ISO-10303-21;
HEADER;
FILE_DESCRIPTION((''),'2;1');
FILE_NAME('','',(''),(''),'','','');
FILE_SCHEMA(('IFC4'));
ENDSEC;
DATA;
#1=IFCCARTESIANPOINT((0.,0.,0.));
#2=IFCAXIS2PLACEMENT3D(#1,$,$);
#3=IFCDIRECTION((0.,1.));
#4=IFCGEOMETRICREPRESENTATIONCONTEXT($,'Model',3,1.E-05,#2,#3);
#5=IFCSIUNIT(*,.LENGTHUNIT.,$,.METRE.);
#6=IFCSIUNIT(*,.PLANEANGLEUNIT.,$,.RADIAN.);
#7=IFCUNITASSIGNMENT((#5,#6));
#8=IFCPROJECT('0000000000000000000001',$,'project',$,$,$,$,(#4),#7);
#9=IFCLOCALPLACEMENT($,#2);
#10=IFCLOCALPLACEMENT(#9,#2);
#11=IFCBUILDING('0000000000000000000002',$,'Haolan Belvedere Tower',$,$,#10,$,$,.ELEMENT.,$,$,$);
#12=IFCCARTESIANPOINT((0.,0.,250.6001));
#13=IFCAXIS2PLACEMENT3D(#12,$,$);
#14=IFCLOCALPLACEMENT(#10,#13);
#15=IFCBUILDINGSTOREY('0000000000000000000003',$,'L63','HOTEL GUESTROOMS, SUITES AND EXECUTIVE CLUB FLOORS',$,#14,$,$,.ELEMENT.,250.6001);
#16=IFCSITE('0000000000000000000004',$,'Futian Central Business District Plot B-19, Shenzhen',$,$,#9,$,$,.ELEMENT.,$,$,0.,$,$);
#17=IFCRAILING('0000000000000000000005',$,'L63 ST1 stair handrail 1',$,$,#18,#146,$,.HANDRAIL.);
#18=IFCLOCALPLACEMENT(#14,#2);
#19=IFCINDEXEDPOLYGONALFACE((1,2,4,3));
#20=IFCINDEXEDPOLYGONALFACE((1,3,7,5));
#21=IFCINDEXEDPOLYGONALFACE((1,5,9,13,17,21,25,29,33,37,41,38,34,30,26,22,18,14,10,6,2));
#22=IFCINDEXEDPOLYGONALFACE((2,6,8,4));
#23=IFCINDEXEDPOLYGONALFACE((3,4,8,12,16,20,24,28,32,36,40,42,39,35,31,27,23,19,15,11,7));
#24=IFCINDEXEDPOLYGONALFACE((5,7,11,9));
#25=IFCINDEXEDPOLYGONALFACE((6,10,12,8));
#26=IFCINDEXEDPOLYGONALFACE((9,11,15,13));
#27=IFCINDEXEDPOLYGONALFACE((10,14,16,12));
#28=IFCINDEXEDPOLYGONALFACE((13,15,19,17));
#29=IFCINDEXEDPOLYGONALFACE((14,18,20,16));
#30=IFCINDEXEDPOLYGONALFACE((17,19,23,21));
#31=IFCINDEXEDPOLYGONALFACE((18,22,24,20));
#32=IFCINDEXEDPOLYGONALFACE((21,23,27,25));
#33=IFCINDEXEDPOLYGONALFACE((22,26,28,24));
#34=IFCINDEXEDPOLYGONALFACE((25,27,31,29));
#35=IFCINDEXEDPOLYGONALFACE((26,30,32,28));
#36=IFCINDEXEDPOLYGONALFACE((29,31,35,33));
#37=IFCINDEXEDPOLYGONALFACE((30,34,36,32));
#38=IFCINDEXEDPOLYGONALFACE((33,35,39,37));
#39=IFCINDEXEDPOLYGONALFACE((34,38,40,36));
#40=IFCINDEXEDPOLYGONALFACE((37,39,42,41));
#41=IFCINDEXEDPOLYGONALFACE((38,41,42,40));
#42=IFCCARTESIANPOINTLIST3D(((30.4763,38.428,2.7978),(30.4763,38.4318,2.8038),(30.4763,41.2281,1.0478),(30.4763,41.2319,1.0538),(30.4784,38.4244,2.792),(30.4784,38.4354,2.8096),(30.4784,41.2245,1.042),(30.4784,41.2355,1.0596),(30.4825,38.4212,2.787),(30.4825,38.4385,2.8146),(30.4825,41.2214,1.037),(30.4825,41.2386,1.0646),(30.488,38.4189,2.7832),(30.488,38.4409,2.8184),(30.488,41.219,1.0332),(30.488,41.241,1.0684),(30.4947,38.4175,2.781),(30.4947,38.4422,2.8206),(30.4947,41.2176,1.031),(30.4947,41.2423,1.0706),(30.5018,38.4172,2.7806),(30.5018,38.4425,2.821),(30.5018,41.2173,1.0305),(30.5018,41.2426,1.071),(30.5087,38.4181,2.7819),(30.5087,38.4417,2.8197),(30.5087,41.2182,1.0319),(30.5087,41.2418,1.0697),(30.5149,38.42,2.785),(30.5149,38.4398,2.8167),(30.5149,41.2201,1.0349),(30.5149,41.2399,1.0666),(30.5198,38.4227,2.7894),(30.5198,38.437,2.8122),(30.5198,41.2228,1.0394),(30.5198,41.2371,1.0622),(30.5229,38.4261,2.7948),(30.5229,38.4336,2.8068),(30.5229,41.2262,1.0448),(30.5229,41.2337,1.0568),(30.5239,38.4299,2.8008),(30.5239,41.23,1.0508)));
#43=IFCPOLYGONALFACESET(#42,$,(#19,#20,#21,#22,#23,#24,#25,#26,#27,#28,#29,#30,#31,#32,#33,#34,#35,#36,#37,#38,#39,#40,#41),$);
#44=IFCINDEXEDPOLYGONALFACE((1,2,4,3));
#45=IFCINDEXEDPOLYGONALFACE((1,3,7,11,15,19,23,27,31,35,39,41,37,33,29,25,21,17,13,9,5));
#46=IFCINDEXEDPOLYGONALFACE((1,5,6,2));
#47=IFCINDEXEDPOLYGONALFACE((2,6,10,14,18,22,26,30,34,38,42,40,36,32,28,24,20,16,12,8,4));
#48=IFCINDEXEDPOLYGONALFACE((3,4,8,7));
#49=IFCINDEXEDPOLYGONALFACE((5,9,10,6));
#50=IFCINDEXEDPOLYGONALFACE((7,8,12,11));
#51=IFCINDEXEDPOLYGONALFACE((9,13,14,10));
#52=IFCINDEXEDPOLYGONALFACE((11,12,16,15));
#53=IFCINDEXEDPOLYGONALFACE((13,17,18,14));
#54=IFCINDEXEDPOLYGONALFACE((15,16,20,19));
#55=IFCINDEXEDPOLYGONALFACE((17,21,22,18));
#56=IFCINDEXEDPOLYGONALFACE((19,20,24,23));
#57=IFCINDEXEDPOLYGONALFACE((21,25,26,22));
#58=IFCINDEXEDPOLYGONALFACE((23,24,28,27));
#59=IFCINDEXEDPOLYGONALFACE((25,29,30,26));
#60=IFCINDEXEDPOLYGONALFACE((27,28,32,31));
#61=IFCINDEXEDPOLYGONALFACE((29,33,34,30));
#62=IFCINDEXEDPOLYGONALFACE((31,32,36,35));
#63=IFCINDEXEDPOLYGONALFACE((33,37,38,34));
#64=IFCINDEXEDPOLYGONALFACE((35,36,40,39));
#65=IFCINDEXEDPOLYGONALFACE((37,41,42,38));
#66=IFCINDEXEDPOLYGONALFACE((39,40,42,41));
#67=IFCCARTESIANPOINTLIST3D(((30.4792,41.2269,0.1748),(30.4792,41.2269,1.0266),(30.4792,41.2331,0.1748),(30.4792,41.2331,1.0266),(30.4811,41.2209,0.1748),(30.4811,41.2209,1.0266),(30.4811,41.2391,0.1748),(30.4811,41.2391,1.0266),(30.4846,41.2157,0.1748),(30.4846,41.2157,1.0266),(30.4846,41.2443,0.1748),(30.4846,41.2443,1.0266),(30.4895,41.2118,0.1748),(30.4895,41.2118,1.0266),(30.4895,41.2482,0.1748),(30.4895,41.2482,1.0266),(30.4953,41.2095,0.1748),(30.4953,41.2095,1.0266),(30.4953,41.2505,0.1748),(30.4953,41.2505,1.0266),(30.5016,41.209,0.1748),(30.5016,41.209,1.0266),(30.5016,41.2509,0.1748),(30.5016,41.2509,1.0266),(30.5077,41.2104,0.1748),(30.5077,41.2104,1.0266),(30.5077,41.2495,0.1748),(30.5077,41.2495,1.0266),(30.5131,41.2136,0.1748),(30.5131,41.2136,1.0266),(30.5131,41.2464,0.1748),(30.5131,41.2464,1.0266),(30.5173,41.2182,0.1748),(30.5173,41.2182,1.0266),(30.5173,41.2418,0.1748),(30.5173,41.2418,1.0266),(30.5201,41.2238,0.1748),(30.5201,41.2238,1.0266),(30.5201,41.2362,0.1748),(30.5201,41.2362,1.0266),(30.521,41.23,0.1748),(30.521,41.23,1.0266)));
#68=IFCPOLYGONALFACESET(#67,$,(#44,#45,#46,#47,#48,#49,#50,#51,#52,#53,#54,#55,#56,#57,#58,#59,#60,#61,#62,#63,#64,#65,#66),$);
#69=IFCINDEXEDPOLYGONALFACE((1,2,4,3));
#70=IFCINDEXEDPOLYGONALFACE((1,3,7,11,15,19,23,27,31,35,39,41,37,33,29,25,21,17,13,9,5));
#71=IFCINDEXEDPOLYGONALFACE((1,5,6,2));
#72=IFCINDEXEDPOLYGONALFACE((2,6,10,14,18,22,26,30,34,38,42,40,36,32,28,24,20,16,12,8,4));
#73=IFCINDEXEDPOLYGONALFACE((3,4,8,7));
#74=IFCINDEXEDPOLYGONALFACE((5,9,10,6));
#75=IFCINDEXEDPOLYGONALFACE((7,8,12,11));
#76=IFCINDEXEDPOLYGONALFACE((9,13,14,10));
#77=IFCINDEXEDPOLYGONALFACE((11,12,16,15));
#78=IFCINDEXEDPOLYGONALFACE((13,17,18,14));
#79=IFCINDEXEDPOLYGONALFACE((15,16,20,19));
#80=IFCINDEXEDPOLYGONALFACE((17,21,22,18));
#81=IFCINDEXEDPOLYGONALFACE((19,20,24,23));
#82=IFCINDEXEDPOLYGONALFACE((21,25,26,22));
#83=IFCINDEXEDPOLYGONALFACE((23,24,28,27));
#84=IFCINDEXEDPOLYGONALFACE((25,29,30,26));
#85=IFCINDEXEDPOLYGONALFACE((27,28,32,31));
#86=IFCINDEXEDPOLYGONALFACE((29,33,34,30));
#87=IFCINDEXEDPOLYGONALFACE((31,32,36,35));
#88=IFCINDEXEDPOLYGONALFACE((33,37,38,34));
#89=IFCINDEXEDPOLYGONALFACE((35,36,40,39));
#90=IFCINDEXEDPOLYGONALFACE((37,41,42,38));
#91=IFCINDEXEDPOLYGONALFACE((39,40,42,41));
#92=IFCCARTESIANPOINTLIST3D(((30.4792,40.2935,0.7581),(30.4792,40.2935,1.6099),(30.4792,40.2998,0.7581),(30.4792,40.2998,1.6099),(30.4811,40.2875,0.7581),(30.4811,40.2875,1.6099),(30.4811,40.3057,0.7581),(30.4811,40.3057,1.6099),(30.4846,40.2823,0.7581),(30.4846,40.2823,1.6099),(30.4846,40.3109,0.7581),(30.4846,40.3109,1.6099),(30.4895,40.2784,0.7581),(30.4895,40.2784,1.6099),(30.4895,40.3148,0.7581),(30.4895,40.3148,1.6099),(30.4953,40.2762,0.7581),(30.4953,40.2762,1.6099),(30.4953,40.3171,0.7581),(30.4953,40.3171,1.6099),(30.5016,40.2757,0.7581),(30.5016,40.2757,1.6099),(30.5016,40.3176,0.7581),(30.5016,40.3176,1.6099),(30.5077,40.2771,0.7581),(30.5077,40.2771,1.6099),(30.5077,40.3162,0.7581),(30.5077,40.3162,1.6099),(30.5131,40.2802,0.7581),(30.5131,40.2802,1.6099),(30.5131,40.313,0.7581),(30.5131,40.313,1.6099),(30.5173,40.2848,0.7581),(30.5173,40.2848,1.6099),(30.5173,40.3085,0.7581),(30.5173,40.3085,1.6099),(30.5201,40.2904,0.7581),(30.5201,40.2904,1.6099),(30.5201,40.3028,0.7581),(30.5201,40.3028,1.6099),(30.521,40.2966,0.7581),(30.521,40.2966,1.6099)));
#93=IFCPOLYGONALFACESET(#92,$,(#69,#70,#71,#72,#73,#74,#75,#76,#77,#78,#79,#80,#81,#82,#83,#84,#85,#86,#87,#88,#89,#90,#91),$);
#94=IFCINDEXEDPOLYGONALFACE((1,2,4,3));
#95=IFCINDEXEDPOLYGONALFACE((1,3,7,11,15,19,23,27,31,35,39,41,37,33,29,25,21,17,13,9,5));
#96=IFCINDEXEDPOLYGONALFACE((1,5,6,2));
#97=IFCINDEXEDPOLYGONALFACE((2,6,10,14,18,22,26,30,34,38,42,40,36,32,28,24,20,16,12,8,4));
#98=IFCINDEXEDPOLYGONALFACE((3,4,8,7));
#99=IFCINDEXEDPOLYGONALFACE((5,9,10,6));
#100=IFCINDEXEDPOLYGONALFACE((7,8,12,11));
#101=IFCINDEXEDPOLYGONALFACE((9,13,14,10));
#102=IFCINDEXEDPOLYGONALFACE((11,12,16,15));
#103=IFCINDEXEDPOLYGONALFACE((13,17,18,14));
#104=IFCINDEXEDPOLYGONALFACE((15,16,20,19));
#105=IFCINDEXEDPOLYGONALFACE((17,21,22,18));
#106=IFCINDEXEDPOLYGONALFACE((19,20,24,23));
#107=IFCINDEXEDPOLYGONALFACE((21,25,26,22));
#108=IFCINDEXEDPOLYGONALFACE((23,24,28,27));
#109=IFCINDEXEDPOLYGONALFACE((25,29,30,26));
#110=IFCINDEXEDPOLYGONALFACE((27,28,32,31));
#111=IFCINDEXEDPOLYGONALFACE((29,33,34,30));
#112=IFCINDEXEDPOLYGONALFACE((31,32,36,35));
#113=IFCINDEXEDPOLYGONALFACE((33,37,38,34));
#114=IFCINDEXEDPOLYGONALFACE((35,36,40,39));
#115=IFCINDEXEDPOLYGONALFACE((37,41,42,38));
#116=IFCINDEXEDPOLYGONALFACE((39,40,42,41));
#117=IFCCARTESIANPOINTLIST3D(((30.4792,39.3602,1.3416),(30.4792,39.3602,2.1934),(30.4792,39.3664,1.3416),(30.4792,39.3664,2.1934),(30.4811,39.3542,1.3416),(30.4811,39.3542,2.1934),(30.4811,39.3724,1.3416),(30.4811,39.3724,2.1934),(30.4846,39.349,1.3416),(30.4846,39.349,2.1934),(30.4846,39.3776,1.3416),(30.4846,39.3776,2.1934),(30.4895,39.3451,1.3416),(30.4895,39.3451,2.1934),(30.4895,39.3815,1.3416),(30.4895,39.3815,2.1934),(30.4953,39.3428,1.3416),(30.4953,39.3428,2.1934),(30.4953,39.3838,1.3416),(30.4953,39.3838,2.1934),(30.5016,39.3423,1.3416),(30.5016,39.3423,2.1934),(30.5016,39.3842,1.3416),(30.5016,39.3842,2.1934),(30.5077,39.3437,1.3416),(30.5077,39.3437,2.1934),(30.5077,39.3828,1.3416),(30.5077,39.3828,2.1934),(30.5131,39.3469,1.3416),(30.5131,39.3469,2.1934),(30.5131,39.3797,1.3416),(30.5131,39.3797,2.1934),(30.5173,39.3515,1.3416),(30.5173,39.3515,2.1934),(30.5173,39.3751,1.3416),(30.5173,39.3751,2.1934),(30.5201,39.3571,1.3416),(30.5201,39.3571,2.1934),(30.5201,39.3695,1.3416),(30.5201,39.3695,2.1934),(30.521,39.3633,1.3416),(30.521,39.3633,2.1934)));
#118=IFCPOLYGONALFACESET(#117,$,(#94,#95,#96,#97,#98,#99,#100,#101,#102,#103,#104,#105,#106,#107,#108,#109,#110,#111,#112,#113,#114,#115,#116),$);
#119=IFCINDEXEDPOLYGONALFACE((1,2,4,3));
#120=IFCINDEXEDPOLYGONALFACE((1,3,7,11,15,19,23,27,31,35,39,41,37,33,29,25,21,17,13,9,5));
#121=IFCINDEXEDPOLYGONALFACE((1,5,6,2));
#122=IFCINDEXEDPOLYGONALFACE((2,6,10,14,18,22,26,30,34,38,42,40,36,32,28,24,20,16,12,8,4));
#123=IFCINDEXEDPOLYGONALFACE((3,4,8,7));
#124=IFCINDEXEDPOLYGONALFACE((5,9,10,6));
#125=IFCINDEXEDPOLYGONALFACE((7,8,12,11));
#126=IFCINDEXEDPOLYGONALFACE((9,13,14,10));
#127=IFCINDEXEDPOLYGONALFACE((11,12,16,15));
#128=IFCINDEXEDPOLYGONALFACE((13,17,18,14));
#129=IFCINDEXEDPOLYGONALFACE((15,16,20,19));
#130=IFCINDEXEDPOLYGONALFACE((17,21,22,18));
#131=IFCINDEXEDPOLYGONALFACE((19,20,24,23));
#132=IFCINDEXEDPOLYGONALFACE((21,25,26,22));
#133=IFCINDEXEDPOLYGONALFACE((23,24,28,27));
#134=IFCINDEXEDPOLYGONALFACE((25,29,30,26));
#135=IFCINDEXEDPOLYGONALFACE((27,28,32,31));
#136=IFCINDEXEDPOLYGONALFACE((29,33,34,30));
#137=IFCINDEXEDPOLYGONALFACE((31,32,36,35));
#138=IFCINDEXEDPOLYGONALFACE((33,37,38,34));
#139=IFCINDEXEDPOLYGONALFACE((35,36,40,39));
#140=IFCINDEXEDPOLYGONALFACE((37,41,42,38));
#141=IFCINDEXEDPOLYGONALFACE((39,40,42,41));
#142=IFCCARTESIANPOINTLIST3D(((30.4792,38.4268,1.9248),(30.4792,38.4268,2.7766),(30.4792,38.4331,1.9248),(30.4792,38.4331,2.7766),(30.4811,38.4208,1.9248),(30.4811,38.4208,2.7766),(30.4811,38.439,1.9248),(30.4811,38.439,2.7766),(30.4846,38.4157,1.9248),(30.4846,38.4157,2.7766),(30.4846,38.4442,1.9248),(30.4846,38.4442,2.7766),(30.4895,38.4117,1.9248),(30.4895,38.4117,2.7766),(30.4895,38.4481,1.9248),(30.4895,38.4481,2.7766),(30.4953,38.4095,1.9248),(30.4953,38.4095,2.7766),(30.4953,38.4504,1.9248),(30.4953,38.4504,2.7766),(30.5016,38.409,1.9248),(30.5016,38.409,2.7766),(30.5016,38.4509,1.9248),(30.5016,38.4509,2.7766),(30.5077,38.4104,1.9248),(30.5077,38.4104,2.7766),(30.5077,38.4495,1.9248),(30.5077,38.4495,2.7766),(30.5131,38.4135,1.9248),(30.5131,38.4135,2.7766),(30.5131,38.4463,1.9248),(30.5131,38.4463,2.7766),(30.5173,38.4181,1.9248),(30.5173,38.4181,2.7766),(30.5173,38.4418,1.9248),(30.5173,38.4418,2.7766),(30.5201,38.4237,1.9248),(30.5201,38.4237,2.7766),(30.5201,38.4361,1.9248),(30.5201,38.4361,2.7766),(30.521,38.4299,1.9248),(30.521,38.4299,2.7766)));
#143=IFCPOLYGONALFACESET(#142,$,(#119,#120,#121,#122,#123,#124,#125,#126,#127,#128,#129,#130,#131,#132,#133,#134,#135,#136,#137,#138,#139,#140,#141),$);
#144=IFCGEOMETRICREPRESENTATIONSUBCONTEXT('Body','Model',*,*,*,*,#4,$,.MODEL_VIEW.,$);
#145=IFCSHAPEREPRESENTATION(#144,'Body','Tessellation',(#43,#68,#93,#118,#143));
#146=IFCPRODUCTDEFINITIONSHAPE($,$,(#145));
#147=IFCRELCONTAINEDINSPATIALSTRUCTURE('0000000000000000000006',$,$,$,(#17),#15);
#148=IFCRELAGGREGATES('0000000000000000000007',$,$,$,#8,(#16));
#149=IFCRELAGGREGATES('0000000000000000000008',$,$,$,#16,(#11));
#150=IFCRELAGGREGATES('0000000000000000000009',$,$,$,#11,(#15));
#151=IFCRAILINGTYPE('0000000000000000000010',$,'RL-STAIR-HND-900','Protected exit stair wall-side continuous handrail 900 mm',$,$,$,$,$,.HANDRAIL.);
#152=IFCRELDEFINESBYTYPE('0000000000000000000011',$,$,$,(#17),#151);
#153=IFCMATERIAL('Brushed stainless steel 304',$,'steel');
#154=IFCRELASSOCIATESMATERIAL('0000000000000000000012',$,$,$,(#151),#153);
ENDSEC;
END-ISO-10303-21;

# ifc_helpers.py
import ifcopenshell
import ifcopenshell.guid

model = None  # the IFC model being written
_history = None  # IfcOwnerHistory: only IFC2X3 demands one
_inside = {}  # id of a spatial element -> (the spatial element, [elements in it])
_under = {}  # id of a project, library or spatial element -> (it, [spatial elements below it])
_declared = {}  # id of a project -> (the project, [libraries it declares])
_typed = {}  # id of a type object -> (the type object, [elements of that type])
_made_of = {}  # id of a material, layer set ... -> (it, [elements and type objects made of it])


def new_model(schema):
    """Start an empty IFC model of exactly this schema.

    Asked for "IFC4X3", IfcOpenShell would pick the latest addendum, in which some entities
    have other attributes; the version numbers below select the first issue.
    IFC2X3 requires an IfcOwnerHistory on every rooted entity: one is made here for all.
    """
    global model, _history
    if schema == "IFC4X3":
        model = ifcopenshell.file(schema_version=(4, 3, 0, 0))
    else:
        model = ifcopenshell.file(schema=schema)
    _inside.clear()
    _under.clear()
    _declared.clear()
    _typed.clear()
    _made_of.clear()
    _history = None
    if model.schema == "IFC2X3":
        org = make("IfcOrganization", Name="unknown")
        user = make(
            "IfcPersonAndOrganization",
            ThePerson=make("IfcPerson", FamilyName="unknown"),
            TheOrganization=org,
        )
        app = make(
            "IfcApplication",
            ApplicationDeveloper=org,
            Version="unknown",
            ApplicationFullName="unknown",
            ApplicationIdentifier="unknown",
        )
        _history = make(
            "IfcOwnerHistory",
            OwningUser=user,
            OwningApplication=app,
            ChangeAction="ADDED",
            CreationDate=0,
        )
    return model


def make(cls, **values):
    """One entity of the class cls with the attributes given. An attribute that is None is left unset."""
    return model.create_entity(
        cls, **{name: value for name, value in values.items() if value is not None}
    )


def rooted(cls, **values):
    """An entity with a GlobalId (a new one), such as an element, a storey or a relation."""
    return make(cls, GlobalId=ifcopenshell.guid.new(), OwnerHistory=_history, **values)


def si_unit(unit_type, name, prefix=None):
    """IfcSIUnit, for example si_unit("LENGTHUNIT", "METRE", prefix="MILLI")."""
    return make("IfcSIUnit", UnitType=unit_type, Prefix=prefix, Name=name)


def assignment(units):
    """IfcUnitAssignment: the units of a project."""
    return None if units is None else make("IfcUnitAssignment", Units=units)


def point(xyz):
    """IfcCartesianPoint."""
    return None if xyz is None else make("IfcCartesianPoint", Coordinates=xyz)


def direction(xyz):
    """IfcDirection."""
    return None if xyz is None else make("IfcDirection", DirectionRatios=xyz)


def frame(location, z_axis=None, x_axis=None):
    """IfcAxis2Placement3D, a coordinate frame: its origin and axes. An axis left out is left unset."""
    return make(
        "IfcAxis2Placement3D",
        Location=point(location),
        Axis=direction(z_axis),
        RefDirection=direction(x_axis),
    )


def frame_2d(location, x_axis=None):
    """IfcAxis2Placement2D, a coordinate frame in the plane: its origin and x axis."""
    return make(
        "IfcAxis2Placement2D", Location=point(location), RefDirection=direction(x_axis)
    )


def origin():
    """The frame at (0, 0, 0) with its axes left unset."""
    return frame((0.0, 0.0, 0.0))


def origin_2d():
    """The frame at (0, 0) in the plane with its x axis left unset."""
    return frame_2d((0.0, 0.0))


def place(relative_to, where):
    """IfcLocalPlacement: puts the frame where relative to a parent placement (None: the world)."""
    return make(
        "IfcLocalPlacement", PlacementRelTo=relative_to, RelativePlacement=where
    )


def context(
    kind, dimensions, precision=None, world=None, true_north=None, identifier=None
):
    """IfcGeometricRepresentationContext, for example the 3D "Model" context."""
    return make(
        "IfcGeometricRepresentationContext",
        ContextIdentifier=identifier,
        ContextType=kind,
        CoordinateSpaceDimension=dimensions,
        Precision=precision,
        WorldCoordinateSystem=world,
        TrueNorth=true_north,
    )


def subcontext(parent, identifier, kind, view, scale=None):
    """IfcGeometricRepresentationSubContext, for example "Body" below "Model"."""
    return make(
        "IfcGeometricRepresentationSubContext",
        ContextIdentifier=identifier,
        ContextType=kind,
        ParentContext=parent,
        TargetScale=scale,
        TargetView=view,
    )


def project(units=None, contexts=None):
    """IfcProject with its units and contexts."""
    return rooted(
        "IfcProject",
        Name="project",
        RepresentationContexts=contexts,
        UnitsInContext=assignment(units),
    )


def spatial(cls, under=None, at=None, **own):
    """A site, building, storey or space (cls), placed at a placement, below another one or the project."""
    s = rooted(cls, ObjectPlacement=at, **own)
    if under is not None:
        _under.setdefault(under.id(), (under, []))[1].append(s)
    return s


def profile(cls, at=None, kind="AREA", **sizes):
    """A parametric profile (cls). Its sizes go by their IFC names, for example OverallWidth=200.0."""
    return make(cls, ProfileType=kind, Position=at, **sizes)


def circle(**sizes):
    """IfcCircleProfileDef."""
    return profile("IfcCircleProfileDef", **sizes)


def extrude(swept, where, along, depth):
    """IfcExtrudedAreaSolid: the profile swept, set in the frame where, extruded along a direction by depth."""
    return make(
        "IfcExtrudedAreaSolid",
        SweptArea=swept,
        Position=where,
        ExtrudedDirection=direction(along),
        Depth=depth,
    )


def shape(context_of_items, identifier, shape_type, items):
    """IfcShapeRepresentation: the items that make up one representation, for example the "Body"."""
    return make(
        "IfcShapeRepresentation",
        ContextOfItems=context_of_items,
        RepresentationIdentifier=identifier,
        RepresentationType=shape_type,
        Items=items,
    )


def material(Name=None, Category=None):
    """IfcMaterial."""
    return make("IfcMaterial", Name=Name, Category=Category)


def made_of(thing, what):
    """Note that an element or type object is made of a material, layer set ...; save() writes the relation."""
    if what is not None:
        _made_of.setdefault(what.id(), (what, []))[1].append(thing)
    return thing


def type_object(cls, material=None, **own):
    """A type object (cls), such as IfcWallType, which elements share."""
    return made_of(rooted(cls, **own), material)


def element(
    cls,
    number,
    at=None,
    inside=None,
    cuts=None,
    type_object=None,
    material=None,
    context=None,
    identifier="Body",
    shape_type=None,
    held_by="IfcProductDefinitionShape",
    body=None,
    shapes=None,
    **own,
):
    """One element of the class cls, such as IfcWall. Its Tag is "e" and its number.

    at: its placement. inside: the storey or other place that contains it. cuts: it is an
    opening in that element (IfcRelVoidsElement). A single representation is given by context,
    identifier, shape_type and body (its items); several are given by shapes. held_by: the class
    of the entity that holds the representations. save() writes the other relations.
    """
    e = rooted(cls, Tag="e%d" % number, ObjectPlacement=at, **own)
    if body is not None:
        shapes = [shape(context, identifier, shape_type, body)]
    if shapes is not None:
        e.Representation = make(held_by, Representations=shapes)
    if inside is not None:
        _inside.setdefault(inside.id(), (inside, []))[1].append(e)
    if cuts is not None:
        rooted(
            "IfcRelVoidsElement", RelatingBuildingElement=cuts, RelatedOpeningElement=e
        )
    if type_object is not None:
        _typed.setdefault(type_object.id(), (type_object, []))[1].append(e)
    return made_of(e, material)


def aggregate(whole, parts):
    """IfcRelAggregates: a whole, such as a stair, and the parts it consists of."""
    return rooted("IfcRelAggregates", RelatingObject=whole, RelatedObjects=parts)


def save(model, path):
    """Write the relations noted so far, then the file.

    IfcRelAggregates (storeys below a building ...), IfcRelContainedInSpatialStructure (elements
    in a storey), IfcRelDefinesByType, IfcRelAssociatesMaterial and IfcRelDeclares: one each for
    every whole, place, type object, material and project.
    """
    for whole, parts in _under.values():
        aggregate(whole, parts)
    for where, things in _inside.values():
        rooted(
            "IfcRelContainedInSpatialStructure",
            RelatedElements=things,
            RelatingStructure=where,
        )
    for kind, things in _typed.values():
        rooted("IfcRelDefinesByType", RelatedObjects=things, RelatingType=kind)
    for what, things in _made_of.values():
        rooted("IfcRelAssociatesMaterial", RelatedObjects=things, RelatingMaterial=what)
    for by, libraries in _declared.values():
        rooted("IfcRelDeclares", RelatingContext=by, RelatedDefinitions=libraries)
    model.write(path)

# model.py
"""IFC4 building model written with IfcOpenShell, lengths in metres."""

from ifc_helpers import new_model, si_unit, direction, frame, origin, origin_2d, place, context, subcontext, project, spatial, circle, extrude, material, type_object, element, save


model = new_model("IFC4")

# Units and contexts
model_context = context("Model", 3, precision=1e-05, world=origin(), true_north=direction((0.0, 1.0)))
body_context = subcontext(model_context, "Body", "Model", "MODEL_VIEW")
ifc_project = project(units=[si_unit("LENGTHUNIT", "METRE"), si_unit("PLANEANGLEUNIT", "RADIAN")], contexts=[model_context])

# Site, building, storey
site_placement = place(None, origin())
site = spatial("IfcSite", under=ifc_project, at=site_placement, Name="Futian Central Business District Plot B-19, Shenzhen", CompositionType="ELEMENT", RefElevation=0.0)
building_placement = place(site_placement, origin())
building = spatial("IfcBuilding", under=site, at=building_placement, Name="Haolan Belvedere Tower", CompositionType="ELEMENT")
storey_placement = place(building_placement, frame((0.0, 0.0, 250.6001)))
storey = spatial("IfcBuildingStorey", under=building, at=storey_placement, Name="L63", Description="HOTEL GUESTROOMS, SUITES AND EXECUTIVE CLUB FLOORS", CompositionType="ELEMENT", Elevation=250.6001)

# Railing
ifc_material_1 = material(Name="Brushed stainless steel 304", Category="steel")
railing_type_1 = type_object("IfcRailingType", Name="RL-STAIR-HND-900", Description="Protected exit stair wall-side continuous handrail 900 mm", PredefinedType="HANDRAIL", material=ifc_material_1)
railing_1_placement = place(storey_placement, frame((30.5, 41.23, 0.1748)))
element("IfcRailing", 1, at=railing_1_placement, inside=storey, type_object=railing_type_1, Name="L63 ST1 stair handrail 1", PredefinedType="HANDRAIL", context=body_context, shape_type="SweptSolid", body=[
    extrude(circle(Radius=0.0239, at=origin_2d()), frame((0.0, 0.0, 0.876), z_axis=(0.0, -0.848002, 0.529992), x_axis=(1.0, 0.0, 0.0)), (0.0, 0.0, 1.0), 3.302),
    extrude(circle(Radius=0.021, at=origin_2d()), origin(), (0.0, 0.0, 1.0), 0.8518),
    extrude(circle(Radius=0.021, at=origin_2d()), frame((0.0, -0.9333, 0.5833)), (0.0, 0.0, 1.0), 0.8518),
    extrude(circle(Radius=0.021, at=origin_2d()), frame((0.0, -1.8667, 1.1667)), (0.0, 0.0, 1.0), 0.8518),
    extrude(circle(Radius=0.021, at=origin_2d()), frame((0.0, -2.8, 1.75)), (0.0, 0.0, 1.0), 0.8518),
])

save(model, "model.ifc")
